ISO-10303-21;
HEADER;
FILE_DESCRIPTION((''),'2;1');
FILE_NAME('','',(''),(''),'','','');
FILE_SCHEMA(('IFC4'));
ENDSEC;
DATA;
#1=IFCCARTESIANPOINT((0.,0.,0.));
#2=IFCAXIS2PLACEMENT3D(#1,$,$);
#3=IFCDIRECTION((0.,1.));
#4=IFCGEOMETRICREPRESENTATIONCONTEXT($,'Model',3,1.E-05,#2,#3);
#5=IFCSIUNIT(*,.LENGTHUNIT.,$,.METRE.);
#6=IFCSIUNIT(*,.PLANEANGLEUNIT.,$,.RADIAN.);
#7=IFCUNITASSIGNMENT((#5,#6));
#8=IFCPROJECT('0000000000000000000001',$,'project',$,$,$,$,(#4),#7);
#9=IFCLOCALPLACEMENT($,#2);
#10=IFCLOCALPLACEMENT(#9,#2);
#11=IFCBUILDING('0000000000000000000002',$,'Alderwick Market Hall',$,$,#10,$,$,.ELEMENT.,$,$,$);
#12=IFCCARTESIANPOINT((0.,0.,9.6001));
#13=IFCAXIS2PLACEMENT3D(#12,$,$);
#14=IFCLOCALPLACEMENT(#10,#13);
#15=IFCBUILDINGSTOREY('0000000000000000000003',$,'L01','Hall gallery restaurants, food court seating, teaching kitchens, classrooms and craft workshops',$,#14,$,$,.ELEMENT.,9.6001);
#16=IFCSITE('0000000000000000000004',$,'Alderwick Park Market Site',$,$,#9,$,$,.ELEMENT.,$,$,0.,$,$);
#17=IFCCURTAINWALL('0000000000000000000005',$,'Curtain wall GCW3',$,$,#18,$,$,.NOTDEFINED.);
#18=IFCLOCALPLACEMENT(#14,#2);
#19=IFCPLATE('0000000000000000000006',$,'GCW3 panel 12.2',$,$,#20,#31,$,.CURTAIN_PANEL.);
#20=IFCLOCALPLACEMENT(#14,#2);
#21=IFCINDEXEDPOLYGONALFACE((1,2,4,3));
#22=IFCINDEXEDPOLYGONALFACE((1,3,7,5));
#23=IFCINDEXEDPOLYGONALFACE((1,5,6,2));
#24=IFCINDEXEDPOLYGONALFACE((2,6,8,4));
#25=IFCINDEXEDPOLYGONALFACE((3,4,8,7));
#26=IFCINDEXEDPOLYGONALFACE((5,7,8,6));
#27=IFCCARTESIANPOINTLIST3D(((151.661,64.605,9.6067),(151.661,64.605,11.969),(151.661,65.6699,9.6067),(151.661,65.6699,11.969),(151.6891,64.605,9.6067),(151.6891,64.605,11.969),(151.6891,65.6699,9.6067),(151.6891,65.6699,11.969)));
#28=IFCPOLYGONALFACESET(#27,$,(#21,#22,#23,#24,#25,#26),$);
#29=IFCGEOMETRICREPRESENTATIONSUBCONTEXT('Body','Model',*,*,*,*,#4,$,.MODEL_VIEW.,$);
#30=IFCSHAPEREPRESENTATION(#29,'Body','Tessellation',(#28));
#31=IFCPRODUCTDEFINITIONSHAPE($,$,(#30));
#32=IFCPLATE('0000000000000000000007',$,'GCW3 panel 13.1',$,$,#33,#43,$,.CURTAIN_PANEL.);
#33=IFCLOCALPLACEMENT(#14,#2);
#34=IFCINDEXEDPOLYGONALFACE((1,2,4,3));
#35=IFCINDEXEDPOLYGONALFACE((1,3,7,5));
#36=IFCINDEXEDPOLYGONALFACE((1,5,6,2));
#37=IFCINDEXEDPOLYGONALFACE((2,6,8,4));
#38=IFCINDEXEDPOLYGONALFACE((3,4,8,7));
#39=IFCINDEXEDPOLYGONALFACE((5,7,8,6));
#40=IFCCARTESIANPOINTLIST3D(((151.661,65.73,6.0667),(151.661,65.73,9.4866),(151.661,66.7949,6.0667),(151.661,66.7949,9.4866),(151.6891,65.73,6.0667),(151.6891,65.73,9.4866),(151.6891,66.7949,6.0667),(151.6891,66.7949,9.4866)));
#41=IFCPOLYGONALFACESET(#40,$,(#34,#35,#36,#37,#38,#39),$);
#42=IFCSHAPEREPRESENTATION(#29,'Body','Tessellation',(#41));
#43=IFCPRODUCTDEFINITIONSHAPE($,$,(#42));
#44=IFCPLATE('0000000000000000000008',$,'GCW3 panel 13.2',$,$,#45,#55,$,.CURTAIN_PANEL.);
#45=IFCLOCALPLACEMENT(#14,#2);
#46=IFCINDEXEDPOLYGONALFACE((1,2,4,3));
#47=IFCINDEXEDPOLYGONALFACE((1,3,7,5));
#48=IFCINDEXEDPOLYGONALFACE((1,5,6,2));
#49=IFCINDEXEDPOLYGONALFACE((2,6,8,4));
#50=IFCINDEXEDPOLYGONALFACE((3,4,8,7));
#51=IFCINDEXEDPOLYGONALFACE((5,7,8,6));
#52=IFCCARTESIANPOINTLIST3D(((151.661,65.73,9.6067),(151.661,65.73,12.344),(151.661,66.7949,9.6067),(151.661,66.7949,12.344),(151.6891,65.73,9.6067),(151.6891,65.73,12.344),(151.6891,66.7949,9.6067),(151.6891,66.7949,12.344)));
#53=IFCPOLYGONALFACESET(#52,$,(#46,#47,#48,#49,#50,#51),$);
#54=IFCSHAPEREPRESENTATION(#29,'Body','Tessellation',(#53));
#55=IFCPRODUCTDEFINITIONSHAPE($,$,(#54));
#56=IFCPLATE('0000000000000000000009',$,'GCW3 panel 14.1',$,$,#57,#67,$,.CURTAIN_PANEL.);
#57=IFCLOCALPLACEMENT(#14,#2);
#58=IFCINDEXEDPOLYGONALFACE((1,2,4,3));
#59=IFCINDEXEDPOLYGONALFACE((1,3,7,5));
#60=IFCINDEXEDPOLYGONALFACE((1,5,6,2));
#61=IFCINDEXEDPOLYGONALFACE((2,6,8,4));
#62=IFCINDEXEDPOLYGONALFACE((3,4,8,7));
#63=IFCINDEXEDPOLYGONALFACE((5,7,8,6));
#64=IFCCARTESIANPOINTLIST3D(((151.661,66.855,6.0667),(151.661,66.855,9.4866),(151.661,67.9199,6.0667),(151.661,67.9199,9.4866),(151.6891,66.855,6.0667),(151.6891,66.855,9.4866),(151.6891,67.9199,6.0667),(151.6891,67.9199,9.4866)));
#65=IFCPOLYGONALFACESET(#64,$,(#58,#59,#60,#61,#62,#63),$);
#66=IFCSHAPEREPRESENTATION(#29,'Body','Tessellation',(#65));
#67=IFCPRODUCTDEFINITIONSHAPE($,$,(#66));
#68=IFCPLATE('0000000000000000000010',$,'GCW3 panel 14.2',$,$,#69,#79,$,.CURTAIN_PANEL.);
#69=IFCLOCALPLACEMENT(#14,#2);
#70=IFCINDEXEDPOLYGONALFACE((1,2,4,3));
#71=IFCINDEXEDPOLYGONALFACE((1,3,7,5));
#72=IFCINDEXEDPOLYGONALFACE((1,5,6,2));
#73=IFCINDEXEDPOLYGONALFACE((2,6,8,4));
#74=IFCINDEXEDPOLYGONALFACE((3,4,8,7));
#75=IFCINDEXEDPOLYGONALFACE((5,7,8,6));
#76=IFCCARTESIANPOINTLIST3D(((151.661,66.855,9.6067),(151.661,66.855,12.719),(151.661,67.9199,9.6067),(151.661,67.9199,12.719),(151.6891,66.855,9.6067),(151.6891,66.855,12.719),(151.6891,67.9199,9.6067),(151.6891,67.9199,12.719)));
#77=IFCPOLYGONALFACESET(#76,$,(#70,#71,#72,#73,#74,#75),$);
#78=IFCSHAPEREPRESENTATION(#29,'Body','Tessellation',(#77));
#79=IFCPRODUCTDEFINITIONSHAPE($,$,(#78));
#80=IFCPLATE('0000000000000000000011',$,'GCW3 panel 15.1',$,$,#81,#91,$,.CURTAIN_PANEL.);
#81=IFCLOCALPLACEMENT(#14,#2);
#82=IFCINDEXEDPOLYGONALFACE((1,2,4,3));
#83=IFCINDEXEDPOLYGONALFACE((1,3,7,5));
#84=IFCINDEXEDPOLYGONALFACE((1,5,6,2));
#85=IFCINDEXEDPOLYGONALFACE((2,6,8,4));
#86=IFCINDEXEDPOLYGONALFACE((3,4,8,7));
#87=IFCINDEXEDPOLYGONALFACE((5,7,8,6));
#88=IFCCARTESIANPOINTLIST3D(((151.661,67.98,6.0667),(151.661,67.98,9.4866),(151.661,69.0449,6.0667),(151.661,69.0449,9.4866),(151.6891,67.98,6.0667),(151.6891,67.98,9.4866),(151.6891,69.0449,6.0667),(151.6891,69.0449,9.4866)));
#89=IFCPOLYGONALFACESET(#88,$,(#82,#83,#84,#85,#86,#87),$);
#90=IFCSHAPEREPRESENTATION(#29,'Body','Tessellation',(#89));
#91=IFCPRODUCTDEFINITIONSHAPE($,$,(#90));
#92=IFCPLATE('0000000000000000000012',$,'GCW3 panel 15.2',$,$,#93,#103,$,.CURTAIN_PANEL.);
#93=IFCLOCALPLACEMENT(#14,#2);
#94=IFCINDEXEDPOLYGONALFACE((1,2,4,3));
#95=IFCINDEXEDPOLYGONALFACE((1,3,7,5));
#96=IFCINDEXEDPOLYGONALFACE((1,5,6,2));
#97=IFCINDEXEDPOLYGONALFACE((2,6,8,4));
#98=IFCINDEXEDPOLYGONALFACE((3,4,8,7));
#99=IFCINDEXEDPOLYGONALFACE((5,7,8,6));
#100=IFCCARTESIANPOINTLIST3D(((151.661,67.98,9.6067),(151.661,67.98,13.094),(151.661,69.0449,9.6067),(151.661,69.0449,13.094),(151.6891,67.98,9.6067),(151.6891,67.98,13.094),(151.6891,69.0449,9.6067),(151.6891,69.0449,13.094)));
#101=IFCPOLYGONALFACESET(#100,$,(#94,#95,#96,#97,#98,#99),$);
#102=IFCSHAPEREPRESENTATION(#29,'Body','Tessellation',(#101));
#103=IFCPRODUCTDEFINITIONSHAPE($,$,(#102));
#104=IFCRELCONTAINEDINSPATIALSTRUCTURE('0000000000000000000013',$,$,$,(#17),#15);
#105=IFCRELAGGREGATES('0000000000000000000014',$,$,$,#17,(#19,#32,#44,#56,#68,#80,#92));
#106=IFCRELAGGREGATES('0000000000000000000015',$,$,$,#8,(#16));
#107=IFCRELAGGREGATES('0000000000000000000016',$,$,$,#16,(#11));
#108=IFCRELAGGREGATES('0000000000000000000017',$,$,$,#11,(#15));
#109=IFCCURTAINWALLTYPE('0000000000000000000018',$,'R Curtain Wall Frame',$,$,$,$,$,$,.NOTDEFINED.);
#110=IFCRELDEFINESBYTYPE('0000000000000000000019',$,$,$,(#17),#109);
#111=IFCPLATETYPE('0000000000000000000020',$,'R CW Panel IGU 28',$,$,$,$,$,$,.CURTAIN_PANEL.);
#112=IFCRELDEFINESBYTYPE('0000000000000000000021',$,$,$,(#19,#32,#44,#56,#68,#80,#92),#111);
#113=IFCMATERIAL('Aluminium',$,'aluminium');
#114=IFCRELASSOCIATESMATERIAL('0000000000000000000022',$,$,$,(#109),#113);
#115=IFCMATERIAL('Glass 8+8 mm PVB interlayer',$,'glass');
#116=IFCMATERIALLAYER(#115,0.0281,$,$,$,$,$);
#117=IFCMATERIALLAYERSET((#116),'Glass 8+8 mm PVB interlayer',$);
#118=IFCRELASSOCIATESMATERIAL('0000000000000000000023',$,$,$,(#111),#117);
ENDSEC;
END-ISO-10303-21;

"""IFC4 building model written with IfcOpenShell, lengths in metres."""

from ifc_helpers import new_model, si_unit, direction, frame, origin, origin_2d, place, context, subcontext, project, spatial, rectangle, extrude, material, layer, layer_set, type_object, element, aggregate, save


model = new_model("IFC4")

# Units and contexts
model_context = context("Model", 3, precision=1e-05, world=origin(), true_north=direction((0.0, 1.0)))
body_context = subcontext(model_context, "Body", "Model", "MODEL_VIEW")
ifc_project = project(units=[si_unit("LENGTHUNIT", "METRE"), si_unit("PLANEANGLEUNIT", "RADIAN")], contexts=[model_context])

# Site, building, storey
site_placement = place(None, origin())
site = spatial("IfcSite", under=ifc_project, at=site_placement, Name="Alderwick Park Market Site", CompositionType="ELEMENT", RefElevation=0.0)
building_placement = place(site_placement, origin())
building = spatial("IfcBuilding", under=site, at=building_placement, Name="Alderwick Market Hall", CompositionType="ELEMENT")
storey_placement = place(building_placement, frame((0.0, 0.0, 9.6001)))
storey = spatial("IfcBuildingStorey", under=building, at=storey_placement, Name="L01", Description="Hall gallery restaurants, food court seating, teaching kitchens, classrooms and craft workshops", CompositionType="ELEMENT", Elevation=9.6001)

# Curtain wall, plates
ifc_material_1 = material(Name="Aluminium", Category="aluminium")
curtain_wall_type = type_object("IfcCurtainWallType", Name="R Curtain Wall Frame", PredefinedType="NOTDEFINED", material=ifc_material_1)
curtain_wall_placement = place(storey_placement, origin())
curtain_wall = element("IfcCurtainWall", 1, at=curtain_wall_placement, inside=storey, type_object=curtain_wall_type, Name="Curtain wall GCW3", PredefinedType="NOTDEFINED")
ifc_material_2 = material(Name="Glass 8+8 mm PVB interlayer", Category="glass")
ifc_layer = layer(ifc_material_2, 0.0281)
ifc_layer_set = layer_set([ifc_layer], Name="Glass 8+8 mm PVB interlayer")
plate_type = type_object("IfcPlateType", Name="R CW Panel IGU 28", PredefinedType="CURTAIN_PANEL", material=ifc_layer_set)
plate_1_placement = place(storey_placement, frame((151.675, 65.1375, 9.6067), z_axis=(0.0, 0.0, 1.0), x_axis=(1.0, 0.0, 0.0)))
plate_1 = element("IfcPlate", 2, at=plate_1_placement, type_object=plate_type, Name="GCW3 panel 12.2", PredefinedType="CURTAIN_PANEL", context=body_context, shape_type="SweptSolid", body=[
    extrude(rectangle(XDim=0.0281, YDim=1.0649, at=origin_2d()), origin(), (0.0, 0.0, 1.0), 2.3623),
])
plate_2_placement = place(storey_placement, frame((151.675, 66.2625, 6.0667), z_axis=(0.0, 0.0, 1.0), x_axis=(1.0, 0.0, 0.0)))
plate_2 = element("IfcPlate", 3, at=plate_2_placement, type_object=plate_type, Name="GCW3 panel 13.1", PredefinedType="CURTAIN_PANEL", context=body_context, shape_type="SweptSolid", body=[
    extrude(rectangle(XDim=0.0281, YDim=1.0649, at=origin_2d()), origin(), (0.0, 0.0, 1.0), 3.4199),
])
plate_3_placement = place(storey_placement, frame((151.675, 66.2625, 9.6067), z_axis=(0.0, 0.0, 1.0), x_axis=(1.0, 0.0, 0.0)))
plate_3 = element("IfcPlate", 4, at=plate_3_placement, type_object=plate_type, Name="GCW3 panel 13.2", PredefinedType="CURTAIN_PANEL", context=body_context, shape_type="SweptSolid", body=[
    extrude(rectangle(XDim=0.0281, YDim=1.0649, at=origin_2d()), origin(), (0.0, 0.0, 1.0), 2.7373),
])
plate_4_placement = place(storey_placement, frame((151.675, 67.3875, 6.0667), z_axis=(0.0, 0.0, 1.0), x_axis=(1.0, 0.0, 0.0)))
plate_4 = element("IfcPlate", 5, at=plate_4_placement, type_object=plate_type, Name="GCW3 panel 14.1", PredefinedType="CURTAIN_PANEL", context=body_context, shape_type="SweptSolid", body=[
    extrude(rectangle(XDim=0.0281, YDim=1.0649, at=origin_2d()), origin(), (0.0, 0.0, 1.0), 3.4199),
])
plate_5_placement = place(storey_placement, frame((151.675, 67.3875, 9.6067), z_axis=(0.0, 0.0, 1.0), x_axis=(1.0, 0.0, 0.0)))
plate_5 = element("IfcPlate", 6, at=plate_5_placement, type_object=plate_type, Name="GCW3 panel 14.2", PredefinedType="CURTAIN_PANEL", context=body_context, shape_type="SweptSolid", body=[
    extrude(rectangle(XDim=0.0281, YDim=1.0649, at=origin_2d()), origin(), (0.0, 0.0, 1.0), 3.1123),
])
plate_6_placement = place(storey_placement, frame((151.675, 68.5125, 6.0667), z_axis=(0.0, 0.0, 1.0), x_axis=(1.0, 0.0, 0.0)))
plate_6 = element("IfcPlate", 7, at=plate_6_placement, type_object=plate_type, Name="GCW3 panel 15.1", PredefinedType="CURTAIN_PANEL", context=body_context, shape_type="SweptSolid", body=[
    extrude(rectangle(XDim=0.0281, YDim=1.0649, at=origin_2d()), origin(), (0.0, 0.0, 1.0), 3.4199),
])
plate_7_placement = place(storey_placement, frame((151.675, 68.5125, 9.6067), z_axis=(0.0, 0.0, 1.0), x_axis=(1.0, 0.0, 0.0)))
plate_7 = element("IfcPlate", 8, at=plate_7_placement, type_object=plate_type, Name="GCW3 panel 15.2", PredefinedType="CURTAIN_PANEL", context=body_context, shape_type="SweptSolid", body=[
    extrude(rectangle(XDim=0.0281, YDim=1.0649, at=origin_2d()), origin(), (0.0, 0.0, 1.0), 3.4873),
])
aggregate(curtain_wall, [plate_1, plate_2, plate_3, plate_4, plate_5, plate_6, plate_7])

save(model, "model.ifc")
